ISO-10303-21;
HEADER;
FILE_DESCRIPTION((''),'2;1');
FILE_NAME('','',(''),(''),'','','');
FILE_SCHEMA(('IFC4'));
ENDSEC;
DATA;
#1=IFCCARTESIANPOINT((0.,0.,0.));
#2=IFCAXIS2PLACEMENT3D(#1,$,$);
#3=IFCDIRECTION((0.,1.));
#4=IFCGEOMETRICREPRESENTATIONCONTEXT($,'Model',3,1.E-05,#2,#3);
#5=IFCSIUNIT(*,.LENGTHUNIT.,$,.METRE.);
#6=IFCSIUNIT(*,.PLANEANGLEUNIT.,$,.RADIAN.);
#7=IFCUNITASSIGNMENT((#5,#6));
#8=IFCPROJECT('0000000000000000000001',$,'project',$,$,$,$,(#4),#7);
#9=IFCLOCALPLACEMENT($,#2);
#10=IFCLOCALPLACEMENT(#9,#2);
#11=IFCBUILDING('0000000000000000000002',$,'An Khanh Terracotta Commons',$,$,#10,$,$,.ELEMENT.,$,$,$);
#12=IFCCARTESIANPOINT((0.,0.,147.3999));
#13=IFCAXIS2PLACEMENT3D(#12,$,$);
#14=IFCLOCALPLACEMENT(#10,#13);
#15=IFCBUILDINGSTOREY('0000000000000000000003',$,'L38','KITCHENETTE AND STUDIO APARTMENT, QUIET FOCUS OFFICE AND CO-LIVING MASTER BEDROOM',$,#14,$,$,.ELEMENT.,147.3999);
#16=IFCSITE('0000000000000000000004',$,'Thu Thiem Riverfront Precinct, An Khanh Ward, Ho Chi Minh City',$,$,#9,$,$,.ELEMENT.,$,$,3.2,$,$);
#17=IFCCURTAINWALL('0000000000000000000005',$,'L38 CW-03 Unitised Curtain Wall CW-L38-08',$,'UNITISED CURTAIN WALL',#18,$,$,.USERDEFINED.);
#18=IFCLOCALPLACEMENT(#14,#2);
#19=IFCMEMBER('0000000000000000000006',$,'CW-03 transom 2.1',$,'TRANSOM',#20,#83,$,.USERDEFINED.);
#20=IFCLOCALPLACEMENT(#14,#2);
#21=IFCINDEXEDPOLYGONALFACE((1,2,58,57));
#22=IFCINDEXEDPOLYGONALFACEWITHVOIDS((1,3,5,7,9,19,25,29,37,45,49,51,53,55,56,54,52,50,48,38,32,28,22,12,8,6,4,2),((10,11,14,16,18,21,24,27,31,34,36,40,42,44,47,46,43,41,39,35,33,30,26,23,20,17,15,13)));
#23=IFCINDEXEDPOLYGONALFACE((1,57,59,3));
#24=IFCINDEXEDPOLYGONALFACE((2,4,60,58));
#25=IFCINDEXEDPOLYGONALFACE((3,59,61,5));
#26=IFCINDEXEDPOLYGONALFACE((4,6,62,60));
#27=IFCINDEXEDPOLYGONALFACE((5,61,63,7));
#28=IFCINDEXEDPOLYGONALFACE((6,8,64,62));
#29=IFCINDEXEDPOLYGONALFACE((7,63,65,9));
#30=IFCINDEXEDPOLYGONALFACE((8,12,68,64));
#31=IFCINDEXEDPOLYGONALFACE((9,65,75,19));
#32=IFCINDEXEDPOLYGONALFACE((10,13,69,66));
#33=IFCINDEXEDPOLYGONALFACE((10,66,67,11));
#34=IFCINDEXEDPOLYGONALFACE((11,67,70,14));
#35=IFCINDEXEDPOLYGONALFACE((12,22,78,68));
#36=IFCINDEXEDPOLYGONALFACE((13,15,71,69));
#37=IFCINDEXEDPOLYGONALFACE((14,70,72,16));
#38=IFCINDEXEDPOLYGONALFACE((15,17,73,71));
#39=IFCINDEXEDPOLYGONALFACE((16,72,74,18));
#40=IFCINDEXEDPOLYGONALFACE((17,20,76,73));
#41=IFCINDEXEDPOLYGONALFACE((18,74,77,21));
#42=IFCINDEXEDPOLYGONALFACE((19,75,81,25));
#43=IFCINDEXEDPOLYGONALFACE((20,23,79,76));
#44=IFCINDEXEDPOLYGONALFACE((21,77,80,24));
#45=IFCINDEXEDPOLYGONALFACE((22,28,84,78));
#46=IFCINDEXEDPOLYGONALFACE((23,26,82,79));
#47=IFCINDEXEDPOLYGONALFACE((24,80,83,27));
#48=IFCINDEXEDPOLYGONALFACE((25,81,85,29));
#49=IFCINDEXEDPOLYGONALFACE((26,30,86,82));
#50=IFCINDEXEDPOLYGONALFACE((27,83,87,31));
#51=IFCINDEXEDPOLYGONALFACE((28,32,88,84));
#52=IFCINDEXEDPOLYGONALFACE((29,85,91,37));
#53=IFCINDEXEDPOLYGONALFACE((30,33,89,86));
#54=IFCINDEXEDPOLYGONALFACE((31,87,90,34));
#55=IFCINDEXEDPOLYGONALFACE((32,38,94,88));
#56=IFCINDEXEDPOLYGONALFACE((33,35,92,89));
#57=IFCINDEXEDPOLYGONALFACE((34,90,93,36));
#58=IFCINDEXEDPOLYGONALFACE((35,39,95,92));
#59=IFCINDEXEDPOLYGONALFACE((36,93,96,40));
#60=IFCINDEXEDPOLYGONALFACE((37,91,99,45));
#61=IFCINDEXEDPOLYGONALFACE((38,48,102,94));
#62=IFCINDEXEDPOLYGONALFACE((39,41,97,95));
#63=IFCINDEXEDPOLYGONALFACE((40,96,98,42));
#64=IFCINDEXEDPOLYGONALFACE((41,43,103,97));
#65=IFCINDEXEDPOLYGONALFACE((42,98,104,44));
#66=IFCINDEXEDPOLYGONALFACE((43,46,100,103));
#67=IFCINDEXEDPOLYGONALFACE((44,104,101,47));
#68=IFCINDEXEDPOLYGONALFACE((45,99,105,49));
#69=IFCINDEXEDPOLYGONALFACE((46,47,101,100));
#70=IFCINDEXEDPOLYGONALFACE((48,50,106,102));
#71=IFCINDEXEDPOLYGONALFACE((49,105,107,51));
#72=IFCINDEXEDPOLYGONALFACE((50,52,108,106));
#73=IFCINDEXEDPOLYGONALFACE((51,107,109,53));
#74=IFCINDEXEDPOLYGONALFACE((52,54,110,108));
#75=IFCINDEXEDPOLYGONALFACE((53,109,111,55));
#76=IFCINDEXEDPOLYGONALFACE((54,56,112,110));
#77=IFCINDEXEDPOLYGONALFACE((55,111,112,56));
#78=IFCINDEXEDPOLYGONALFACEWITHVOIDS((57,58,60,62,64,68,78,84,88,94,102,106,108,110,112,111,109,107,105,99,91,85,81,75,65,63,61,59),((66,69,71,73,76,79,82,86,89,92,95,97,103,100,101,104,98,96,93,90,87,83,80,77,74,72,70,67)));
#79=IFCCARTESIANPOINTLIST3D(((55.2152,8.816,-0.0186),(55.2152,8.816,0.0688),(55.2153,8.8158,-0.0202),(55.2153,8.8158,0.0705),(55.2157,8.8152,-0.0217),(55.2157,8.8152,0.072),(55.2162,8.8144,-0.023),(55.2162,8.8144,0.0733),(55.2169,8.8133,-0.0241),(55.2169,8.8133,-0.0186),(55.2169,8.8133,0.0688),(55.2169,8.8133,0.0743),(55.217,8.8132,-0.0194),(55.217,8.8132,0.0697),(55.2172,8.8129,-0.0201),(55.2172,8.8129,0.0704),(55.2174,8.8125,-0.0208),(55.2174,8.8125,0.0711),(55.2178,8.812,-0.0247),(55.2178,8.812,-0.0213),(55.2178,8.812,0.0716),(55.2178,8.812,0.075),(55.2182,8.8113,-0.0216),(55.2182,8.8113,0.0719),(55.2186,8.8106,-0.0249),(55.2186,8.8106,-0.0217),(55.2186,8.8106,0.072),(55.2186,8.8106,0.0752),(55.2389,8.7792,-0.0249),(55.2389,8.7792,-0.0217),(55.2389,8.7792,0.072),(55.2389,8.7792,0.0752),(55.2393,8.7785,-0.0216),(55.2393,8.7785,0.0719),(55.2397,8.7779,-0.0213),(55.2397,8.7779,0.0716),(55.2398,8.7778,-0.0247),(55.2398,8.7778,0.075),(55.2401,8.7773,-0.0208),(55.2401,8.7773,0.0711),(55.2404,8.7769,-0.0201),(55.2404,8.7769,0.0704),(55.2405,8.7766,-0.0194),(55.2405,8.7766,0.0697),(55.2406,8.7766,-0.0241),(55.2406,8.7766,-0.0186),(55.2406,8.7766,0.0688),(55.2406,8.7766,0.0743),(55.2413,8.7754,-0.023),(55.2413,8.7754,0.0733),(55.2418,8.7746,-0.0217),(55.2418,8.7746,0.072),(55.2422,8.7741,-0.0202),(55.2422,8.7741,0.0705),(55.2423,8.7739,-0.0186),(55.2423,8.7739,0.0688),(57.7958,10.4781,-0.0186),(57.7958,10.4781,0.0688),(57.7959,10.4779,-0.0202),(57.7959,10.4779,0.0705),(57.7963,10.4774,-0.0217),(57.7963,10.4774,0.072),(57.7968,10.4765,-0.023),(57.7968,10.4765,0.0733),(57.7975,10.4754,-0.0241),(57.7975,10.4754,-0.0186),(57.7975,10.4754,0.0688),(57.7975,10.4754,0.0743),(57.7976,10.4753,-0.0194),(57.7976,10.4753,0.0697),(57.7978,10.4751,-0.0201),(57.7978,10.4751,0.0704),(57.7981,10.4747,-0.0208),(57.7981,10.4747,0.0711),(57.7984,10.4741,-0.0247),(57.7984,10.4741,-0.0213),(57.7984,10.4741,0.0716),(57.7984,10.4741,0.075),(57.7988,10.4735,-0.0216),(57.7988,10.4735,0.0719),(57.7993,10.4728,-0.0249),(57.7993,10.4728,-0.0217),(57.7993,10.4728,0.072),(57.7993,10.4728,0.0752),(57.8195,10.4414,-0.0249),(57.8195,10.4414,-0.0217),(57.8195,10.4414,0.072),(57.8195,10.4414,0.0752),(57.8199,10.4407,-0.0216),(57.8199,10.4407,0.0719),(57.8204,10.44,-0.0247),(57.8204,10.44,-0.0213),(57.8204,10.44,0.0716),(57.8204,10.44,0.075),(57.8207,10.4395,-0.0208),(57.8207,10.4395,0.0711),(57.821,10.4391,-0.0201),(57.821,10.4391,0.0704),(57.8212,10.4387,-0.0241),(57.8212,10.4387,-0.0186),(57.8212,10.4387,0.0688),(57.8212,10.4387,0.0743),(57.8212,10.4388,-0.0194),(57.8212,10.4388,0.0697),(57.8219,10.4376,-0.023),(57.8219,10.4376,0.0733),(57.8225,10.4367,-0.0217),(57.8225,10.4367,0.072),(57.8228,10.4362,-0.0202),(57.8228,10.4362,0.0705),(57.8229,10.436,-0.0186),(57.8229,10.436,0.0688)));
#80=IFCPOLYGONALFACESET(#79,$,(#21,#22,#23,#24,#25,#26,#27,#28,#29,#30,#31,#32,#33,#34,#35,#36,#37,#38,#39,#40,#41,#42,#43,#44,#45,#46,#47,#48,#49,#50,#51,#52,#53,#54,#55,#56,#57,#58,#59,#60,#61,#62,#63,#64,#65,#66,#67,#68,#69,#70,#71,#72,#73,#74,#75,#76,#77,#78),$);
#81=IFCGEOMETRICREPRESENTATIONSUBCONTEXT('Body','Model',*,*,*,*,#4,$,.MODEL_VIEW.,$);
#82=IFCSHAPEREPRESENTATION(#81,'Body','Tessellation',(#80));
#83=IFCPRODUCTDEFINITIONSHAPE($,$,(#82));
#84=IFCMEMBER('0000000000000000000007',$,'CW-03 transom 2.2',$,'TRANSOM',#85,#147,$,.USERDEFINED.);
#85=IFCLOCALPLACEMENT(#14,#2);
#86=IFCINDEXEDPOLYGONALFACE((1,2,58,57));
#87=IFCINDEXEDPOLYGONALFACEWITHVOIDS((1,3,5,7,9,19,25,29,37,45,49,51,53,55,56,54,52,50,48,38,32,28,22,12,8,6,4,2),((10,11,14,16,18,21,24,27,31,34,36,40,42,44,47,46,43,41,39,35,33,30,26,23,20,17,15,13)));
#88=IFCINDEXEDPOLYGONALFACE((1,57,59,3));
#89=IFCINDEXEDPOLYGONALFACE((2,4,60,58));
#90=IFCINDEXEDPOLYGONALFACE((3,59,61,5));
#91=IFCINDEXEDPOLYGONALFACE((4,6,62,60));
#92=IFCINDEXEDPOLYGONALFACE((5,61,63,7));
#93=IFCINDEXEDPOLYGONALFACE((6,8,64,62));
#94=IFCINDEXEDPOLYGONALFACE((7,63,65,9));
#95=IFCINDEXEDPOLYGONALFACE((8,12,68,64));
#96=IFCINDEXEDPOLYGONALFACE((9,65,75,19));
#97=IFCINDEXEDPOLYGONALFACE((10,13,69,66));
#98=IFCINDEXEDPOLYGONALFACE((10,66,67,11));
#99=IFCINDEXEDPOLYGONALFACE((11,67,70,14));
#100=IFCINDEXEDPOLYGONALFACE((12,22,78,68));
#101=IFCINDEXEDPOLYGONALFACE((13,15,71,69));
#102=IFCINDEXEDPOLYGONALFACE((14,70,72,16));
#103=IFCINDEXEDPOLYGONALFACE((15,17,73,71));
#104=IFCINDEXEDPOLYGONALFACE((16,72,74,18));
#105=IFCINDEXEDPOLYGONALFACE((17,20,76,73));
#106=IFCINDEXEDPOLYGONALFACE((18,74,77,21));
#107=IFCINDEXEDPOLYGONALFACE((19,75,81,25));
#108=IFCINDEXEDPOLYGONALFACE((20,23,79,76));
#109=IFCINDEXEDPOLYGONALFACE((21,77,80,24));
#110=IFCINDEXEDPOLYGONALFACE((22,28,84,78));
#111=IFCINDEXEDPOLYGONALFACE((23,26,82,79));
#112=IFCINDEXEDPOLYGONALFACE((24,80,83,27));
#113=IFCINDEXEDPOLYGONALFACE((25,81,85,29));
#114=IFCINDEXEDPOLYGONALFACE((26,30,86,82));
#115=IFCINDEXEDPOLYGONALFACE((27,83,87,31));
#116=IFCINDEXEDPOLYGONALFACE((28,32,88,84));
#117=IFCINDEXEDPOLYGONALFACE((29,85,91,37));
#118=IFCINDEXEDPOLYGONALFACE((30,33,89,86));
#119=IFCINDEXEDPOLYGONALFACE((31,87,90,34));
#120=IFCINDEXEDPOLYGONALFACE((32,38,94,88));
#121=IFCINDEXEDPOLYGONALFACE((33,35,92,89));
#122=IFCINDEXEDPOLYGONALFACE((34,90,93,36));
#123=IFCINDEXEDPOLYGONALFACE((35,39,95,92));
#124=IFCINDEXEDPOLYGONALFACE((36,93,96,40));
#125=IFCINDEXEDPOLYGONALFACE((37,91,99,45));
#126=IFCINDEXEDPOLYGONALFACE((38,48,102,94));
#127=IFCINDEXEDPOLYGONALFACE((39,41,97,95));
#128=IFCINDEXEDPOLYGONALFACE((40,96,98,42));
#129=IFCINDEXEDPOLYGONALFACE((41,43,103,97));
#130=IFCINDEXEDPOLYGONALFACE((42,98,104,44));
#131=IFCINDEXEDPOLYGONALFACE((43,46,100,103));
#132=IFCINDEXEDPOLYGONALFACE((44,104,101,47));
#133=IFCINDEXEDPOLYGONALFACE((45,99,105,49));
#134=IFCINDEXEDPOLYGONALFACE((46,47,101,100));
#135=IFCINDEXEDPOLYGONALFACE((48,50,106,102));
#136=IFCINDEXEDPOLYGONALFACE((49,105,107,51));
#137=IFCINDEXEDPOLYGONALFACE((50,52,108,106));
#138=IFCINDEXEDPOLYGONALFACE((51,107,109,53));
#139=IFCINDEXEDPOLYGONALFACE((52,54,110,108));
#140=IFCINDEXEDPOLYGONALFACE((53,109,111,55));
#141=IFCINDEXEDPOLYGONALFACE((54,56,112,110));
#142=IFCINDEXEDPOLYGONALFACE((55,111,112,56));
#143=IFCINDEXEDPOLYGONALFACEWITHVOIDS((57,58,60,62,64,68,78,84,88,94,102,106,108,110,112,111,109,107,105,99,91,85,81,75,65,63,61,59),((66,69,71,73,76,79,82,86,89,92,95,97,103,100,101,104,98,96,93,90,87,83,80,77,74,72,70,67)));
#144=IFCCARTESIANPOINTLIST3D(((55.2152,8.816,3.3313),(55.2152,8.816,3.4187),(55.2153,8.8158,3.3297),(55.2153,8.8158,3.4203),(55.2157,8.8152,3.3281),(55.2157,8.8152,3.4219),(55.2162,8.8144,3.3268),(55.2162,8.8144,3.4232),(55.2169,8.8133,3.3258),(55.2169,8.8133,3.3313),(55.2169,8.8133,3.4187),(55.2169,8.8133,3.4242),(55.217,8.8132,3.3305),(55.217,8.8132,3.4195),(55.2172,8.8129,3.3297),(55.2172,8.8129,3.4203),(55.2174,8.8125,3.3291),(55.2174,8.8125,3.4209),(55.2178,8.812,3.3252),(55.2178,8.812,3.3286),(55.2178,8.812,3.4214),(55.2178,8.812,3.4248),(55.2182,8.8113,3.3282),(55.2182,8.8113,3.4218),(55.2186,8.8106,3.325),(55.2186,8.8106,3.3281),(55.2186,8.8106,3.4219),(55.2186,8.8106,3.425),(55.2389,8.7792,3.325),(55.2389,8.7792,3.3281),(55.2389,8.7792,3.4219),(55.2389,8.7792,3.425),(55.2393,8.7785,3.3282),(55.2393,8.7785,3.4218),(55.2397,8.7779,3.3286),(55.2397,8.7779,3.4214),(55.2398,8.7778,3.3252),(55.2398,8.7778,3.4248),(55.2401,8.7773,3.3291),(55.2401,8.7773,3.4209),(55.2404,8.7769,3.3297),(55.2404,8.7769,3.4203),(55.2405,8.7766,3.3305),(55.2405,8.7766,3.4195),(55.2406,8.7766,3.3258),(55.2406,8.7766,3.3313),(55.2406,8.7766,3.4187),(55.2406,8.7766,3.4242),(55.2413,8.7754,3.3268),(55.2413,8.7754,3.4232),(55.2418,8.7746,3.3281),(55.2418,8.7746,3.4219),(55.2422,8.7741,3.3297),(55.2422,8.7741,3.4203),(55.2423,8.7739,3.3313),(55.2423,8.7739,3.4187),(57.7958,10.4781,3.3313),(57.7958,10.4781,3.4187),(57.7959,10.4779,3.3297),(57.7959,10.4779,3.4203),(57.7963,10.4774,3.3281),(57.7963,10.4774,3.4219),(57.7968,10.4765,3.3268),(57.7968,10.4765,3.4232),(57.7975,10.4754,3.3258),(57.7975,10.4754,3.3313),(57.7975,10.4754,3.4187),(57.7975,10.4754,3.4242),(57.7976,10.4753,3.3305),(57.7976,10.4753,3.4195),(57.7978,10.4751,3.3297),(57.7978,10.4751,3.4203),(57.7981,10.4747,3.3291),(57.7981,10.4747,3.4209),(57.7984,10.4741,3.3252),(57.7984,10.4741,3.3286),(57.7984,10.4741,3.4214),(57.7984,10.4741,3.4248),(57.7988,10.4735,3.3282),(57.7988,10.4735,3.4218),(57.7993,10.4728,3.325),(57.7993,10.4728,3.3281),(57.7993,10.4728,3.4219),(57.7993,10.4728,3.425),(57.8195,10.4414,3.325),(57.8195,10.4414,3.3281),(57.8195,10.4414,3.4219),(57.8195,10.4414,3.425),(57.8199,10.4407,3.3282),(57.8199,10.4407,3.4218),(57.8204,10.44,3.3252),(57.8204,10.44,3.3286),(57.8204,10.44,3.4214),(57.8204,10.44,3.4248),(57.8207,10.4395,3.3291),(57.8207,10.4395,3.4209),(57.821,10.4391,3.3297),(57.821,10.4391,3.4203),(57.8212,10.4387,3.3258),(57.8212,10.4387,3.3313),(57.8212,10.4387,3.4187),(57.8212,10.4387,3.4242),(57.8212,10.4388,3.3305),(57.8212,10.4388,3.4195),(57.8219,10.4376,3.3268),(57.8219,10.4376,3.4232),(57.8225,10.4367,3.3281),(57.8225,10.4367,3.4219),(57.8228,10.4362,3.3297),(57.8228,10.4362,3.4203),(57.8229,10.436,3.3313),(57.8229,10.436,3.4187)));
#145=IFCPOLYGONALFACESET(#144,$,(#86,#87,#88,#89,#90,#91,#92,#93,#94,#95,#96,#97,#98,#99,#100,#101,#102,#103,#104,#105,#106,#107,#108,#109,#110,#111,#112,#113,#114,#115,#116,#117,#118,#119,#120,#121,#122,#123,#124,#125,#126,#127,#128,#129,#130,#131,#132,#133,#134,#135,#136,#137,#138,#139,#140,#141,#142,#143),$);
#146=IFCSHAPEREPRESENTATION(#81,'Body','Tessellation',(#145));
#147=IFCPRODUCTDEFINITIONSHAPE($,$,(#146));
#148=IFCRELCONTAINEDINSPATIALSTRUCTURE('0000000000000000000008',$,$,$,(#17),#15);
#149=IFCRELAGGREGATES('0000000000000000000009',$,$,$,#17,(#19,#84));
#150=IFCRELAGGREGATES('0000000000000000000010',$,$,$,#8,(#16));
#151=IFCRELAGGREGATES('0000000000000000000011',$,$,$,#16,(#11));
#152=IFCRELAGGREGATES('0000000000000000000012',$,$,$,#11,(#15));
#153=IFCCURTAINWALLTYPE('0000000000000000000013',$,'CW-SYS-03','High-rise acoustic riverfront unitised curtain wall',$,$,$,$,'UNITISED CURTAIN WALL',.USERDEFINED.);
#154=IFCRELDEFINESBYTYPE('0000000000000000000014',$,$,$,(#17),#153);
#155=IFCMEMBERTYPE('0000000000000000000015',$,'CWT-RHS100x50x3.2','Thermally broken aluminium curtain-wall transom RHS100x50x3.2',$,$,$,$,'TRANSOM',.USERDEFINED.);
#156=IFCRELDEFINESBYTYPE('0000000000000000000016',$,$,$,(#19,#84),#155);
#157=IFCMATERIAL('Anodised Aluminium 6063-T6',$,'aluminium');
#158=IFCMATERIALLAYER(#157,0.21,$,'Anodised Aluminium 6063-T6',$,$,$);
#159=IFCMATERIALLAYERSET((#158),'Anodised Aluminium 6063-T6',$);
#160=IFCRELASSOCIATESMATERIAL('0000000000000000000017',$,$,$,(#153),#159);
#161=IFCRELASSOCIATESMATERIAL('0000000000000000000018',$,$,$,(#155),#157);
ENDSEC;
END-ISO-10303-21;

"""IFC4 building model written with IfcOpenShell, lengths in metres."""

from ifc_helpers import new_model, si_unit, direction, frame, origin, origin_2d, place, context, subcontext, project, spatial, hollow_rectangle, extrude, material, layer, layer_set, material_profile, profile_set, type_object, element, aggregate, save


model = new_model("IFC4")

# Units and contexts
model_context = context("Model", 3, precision=1e-05, world=origin(), true_north=direction((0.0, 1.0)))
body_context = subcontext(model_context, "Body", "Model", "MODEL_VIEW")
ifc_project = project(units=[si_unit("LENGTHUNIT", "METRE"), si_unit("PLANEANGLEUNIT", "RADIAN")], contexts=[model_context])

# Site, building, storey
site_placement = place(None, origin())
site = spatial("IfcSite", under=ifc_project, at=site_placement, Name="Thu Thiem Riverfront Precinct, An Khanh Ward, Ho Chi Minh City", CompositionType="ELEMENT", RefElevation=3.2)
building_placement = place(site_placement, origin())
building = spatial("IfcBuilding", under=site, at=building_placement, Name="An Khanh Terracotta Commons", CompositionType="ELEMENT")
storey_placement = place(building_placement, frame((0.0, 0.0, 147.3999)))
storey = spatial("IfcBuildingStorey", under=building, at=storey_placement, Name="L38", Description="KITCHENETTE AND STUDIO APARTMENT, QUIET FOCUS OFFICE AND CO-LIVING MASTER BEDROOM", CompositionType="ELEMENT", Elevation=147.3999)

# Curtain wall
ifc_material_1 = material(Name="Anodised Aluminium 6063-T6", Category="aluminium")
ifc_layer_1 = layer(ifc_material_1, 0.21, Name="Anodised Aluminium 6063-T6")
ifc_layer_set_1 = layer_set([ifc_layer_1], Name="Anodised Aluminium 6063-T6")
curtain_wall_type = type_object("IfcCurtainWallType", Name="CW-SYS-03", Description="High-rise acoustic riverfront unitised curtain wall", ElementType="UNITISED CURTAIN WALL", PredefinedType="USERDEFINED", material=ifc_layer_set_1)
curtain_wall_1_placement = place(storey_placement, origin())
curtain_wall_1 = element("IfcCurtainWall", 1, at=curtain_wall_1_placement, inside=storey, type_object=curtain_wall_type, Name="L38 CW-03 Unitised Curtain Wall CW-L38-08", ObjectType="UNITISED CURTAIN WALL", PredefinedType="USERDEFINED")

# Members
ifc_material_profile_1 = material_profile(ifc_material_1, hollow_rectangle(XDim=0.05, YDim=0.1001, WallThickness=0.0032, InnerFilletRadius=0.0032, OuterFilletRadius=0.0063, at=origin_2d()), Name="RHS100x50x3.2")
ifc_profile_set_1 = profile_set([ifc_material_profile_1], Name="Anodised Aluminium 6063-T6")
member_type_1 = type_object("IfcMemberType", Name="CWT-RHS100x50x3.2", Description="Thermally broken aluminium curtain-wall transom RHS100x50x3.2", ElementType="TRANSOM", PredefinedType="USERDEFINED", material=ifc_profile_set_1)
member_1_placement = place(storey_placement, frame((55.2288, 8.7949, 0.0251), z_axis=(0.840708, 0.541489, 0.0), x_axis=(-0.541489, 0.840708, 0.0)))
member_1 = element("IfcMember", 2, at=member_1_placement, type_object=member_type_1, Name="CW-03 transom 2.1", ObjectType="TRANSOM", PredefinedType="USERDEFINED", context=body_context, shape_type="SweptSolid", body=[
    extrude(hollow_rectangle(XDim=0.05, YDim=0.1001, WallThickness=0.0032, InnerFilletRadius=0.0032, OuterFilletRadius=0.0063, at=origin_2d()), origin(), (0.0, 0.0, 1.0), 3.0696),
])
member_2_placement = place(storey_placement, frame((55.2288, 8.7949, 3.375), z_axis=(0.840708, 0.541489, 0.0), x_axis=(-0.541489, 0.840708, 0.0)))
member_2 = element("IfcMember", 3, at=member_2_placement, type_object=member_type_1, Name="CW-03 transom 2.2", ObjectType="TRANSOM", PredefinedType="USERDEFINED", context=body_context, shape_type="SweptSolid", body=[
    extrude(hollow_rectangle(XDim=0.05, YDim=0.1001, WallThickness=0.0032, InnerFilletRadius=0.0032, OuterFilletRadius=0.0063, at=origin_2d()), origin(), (0.0, 0.0, 1.0), 3.0696),
])

aggregate(curtain_wall_1, [member_1, member_2])

save(model, "model.ifc")
